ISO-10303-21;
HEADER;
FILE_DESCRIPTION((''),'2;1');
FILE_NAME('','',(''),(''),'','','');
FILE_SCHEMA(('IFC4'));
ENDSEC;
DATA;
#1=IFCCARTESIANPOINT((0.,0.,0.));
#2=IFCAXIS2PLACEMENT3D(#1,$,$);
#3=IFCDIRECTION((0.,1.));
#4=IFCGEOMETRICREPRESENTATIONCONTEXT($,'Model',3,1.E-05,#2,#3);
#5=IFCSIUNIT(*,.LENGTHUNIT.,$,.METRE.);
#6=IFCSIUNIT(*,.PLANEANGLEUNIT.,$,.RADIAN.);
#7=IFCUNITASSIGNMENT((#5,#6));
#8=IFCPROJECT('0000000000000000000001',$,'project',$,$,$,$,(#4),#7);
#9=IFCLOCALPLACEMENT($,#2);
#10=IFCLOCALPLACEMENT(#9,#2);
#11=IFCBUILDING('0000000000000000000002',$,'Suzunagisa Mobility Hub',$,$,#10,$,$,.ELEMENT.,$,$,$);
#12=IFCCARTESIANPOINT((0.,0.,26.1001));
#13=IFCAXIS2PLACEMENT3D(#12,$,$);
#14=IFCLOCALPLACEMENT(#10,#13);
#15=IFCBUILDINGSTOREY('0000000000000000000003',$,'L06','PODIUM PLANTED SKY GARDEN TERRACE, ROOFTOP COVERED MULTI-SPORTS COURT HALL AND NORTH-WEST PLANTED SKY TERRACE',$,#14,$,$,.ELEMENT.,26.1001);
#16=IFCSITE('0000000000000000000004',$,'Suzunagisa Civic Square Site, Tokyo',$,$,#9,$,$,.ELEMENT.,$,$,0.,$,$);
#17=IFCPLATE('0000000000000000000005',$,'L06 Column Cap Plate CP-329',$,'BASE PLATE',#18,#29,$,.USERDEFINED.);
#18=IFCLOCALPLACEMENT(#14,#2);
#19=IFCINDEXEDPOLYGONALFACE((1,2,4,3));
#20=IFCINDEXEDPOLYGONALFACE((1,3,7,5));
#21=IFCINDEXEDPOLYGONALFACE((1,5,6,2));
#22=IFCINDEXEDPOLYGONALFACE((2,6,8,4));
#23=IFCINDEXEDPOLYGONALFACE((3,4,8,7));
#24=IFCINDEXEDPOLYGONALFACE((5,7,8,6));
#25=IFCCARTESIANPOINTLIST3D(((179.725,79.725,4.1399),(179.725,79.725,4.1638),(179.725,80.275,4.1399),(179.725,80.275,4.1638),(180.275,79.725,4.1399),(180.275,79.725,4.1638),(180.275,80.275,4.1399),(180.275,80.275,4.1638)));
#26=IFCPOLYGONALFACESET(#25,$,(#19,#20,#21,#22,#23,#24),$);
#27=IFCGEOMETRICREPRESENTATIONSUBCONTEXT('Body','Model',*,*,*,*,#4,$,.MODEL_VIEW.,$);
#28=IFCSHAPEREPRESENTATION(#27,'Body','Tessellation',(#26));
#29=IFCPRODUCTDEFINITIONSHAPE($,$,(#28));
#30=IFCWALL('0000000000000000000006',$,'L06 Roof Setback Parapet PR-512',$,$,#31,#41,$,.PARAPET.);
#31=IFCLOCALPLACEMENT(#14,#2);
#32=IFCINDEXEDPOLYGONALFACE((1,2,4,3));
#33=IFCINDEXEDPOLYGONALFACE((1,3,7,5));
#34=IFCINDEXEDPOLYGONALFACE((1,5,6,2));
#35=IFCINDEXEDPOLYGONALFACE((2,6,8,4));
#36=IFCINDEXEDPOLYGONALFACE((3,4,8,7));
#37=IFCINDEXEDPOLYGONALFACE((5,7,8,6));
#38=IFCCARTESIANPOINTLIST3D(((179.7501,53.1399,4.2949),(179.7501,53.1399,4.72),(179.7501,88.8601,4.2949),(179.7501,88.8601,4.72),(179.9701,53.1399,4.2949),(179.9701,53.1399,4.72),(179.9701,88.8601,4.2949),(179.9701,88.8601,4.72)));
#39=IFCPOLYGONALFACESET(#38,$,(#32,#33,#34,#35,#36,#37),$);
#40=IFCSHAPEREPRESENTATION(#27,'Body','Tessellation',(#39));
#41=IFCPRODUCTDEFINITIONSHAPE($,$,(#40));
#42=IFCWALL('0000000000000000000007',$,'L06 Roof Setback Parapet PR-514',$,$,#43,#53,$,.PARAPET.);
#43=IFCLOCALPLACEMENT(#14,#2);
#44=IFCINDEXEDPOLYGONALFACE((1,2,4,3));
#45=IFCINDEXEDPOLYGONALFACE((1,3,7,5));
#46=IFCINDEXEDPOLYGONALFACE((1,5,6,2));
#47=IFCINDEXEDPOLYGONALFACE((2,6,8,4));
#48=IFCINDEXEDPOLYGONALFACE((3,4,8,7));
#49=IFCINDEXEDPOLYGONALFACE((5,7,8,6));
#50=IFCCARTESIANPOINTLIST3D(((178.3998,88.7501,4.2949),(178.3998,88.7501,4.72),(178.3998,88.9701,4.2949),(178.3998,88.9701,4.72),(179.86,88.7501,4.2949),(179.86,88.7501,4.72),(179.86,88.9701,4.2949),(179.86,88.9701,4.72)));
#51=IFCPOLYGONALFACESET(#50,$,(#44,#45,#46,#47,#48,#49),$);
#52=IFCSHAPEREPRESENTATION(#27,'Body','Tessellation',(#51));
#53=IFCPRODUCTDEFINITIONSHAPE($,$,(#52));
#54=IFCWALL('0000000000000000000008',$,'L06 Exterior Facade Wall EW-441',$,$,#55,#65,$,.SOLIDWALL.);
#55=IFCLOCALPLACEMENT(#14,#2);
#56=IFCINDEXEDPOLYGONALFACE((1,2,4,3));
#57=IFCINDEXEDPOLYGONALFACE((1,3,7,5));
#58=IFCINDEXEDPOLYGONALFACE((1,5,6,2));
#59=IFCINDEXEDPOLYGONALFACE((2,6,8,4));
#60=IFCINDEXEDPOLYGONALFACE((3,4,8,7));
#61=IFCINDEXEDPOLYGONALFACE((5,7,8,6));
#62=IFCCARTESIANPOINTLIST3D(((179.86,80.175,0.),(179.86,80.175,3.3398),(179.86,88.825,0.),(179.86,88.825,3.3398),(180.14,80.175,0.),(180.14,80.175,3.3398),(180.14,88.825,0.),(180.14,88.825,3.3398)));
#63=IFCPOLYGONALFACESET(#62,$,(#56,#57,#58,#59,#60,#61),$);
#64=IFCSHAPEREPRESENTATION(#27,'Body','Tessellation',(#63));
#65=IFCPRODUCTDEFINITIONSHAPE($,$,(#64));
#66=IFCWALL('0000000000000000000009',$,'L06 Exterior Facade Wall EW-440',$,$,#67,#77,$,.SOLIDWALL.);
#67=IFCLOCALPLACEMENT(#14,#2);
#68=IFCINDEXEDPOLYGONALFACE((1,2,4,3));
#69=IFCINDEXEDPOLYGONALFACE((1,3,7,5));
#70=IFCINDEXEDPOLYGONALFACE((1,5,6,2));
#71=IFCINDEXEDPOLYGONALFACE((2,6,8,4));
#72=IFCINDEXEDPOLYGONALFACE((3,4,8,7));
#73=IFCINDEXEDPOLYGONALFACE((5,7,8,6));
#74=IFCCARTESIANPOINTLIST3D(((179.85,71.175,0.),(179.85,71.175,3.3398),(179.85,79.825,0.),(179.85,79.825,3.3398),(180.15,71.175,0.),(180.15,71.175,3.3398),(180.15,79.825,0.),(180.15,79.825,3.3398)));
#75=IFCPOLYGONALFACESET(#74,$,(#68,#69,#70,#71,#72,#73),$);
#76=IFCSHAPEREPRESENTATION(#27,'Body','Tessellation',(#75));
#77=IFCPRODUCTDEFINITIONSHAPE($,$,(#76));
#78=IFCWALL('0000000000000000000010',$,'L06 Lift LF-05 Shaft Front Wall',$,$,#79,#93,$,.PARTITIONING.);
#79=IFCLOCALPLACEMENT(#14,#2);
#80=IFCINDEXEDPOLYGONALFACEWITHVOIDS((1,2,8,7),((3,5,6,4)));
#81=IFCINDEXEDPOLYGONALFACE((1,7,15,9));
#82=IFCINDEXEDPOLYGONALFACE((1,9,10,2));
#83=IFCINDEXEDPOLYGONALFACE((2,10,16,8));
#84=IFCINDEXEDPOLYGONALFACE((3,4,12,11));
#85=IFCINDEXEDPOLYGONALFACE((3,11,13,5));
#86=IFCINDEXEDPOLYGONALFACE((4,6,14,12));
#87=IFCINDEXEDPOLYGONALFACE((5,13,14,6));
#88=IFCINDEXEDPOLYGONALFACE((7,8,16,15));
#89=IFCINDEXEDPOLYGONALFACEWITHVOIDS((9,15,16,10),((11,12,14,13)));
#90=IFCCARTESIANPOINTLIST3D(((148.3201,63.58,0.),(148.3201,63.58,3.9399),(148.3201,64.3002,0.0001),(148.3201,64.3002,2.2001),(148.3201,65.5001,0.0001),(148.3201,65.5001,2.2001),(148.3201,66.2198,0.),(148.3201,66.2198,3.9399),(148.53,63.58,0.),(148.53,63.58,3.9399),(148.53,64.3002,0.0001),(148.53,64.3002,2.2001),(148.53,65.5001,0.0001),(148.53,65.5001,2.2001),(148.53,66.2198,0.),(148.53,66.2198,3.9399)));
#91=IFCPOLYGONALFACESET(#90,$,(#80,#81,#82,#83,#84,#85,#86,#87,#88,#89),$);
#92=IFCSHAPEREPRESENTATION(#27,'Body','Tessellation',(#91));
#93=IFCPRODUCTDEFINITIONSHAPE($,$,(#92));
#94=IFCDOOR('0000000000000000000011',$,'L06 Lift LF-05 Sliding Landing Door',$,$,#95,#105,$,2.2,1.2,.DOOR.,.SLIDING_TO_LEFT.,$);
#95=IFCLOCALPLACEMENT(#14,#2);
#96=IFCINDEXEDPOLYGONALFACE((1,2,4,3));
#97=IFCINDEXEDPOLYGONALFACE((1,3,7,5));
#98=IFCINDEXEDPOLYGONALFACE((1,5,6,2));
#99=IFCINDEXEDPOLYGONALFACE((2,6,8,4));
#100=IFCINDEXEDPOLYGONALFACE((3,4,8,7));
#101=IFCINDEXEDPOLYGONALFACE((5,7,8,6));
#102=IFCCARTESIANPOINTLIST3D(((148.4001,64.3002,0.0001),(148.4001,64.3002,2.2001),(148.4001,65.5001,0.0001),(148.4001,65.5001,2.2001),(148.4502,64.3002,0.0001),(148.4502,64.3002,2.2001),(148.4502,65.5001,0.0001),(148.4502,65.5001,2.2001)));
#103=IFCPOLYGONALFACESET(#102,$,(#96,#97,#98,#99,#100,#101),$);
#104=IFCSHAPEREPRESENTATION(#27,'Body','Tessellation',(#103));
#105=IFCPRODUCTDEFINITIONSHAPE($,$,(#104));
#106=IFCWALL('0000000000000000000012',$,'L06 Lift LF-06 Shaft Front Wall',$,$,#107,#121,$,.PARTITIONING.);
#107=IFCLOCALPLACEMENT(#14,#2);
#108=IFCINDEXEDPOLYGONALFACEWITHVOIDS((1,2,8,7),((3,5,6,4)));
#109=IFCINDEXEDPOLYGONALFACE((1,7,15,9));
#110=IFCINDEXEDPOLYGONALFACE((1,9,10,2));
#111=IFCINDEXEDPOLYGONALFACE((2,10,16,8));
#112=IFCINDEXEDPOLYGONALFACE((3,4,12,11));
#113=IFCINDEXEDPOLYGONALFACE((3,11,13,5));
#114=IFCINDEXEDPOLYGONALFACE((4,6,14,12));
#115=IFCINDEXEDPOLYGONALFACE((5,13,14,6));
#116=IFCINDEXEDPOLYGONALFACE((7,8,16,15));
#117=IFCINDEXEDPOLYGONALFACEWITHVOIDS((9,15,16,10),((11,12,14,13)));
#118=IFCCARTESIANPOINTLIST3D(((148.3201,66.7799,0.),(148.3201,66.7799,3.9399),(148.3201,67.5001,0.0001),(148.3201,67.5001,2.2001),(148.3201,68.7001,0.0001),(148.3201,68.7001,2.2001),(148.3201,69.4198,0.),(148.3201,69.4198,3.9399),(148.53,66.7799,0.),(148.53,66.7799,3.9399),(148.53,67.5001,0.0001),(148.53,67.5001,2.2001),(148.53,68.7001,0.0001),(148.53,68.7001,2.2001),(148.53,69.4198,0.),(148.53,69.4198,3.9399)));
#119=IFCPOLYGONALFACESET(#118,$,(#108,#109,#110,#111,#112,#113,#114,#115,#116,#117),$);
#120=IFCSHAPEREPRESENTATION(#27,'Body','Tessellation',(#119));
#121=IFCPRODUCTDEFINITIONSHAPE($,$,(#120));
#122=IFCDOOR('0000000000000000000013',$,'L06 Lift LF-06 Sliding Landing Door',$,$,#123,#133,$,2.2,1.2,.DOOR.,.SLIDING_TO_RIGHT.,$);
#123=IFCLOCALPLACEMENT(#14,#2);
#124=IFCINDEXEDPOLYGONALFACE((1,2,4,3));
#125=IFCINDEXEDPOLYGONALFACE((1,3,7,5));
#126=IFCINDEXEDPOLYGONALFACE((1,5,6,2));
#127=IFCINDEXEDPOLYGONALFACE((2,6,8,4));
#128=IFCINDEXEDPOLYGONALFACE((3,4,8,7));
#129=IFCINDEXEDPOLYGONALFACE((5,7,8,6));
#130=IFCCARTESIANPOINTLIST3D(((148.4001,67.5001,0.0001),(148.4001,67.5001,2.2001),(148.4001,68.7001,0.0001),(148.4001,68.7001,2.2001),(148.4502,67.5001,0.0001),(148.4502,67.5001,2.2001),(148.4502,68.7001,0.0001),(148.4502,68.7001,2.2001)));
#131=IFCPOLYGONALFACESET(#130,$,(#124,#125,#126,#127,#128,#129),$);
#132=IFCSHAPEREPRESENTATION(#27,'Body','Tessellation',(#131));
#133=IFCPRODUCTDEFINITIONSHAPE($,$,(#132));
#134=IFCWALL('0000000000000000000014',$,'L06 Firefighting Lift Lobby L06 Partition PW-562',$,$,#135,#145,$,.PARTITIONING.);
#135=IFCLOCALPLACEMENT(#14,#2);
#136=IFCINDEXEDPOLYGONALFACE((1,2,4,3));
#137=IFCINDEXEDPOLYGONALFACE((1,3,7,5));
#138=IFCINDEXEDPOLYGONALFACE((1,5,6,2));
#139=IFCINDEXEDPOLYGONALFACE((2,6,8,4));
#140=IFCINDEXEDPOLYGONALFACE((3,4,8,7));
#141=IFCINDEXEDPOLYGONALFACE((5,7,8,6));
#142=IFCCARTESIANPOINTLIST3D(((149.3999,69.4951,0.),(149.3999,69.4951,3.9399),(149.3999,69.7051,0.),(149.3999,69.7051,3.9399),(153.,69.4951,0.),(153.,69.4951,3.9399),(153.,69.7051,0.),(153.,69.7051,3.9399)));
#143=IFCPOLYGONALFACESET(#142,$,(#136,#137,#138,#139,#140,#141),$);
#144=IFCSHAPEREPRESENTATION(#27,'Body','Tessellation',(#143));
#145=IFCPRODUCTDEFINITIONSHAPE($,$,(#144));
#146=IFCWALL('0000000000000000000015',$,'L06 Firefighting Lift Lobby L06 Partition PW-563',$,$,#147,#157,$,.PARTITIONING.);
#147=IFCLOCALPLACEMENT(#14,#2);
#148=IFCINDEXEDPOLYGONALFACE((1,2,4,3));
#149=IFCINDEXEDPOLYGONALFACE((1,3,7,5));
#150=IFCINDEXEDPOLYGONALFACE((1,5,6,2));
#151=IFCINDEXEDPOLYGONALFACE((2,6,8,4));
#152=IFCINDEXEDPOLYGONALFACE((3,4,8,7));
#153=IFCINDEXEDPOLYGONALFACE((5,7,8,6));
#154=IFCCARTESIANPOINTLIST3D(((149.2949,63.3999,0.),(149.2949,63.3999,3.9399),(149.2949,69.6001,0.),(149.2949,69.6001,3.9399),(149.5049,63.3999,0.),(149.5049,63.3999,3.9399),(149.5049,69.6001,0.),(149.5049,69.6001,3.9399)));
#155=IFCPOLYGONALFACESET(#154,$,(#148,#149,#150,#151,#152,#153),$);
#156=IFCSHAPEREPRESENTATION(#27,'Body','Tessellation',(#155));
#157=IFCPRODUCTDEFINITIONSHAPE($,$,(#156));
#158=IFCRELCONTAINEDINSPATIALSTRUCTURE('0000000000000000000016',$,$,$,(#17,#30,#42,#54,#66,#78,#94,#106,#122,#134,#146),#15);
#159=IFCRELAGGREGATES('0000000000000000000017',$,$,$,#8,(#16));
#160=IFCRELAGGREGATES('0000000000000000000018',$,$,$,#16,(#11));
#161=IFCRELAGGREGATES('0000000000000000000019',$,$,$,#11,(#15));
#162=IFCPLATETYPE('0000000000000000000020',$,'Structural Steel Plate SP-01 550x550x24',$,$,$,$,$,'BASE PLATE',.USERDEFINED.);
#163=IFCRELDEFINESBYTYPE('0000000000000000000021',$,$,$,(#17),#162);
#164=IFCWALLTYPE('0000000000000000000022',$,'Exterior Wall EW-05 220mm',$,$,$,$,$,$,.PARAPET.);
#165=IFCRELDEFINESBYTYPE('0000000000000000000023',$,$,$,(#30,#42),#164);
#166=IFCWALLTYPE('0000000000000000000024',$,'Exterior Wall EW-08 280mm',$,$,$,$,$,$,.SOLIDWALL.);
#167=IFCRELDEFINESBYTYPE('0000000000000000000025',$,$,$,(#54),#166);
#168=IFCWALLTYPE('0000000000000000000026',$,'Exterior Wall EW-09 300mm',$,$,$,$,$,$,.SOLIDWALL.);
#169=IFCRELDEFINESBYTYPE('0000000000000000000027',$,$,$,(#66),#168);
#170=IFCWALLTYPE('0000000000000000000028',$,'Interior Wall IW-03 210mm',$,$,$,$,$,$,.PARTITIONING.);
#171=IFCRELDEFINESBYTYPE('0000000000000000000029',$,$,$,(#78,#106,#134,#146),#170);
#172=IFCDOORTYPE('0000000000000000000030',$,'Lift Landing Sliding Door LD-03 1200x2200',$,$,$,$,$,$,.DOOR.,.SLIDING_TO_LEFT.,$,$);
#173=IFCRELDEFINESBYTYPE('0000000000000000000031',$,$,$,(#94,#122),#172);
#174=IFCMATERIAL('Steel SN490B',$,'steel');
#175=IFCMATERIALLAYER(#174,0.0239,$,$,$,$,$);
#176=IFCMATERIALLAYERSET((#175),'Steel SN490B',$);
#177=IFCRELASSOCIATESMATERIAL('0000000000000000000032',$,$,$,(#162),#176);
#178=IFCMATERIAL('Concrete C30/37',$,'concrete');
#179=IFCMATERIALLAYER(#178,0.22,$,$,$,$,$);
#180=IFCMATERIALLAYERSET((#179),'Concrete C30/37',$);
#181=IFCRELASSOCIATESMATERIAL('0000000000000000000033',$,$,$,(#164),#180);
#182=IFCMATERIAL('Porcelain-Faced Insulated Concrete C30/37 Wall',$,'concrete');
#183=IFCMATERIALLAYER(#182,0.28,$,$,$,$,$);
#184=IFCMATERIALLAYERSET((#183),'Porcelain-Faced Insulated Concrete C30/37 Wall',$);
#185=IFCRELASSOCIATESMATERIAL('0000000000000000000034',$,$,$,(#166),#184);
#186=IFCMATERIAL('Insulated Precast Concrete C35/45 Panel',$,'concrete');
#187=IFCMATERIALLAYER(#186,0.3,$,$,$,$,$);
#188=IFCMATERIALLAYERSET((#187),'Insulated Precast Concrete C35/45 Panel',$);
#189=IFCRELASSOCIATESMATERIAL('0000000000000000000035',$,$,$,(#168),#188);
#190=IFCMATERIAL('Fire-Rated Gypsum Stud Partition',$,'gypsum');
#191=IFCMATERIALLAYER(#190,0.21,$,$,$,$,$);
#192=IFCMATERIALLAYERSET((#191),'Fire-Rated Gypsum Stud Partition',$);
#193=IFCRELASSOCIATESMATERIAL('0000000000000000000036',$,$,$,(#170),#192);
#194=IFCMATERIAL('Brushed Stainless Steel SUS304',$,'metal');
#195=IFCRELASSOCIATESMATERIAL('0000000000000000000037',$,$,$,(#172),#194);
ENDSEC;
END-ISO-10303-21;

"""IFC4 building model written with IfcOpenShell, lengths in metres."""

from ifc_helpers import new_model, si_unit, direction, frame, frame_2d, origin, origin_2d, place, context, subcontext, project, spatial, rectangle, extrude, material, layer, layer_set, type_object, element, fill, save


model = new_model("IFC4")

# Units and contexts
model_context = context("Model", 3, precision=1e-05, world=origin(), true_north=direction((0.0, 1.0)))
body_context = subcontext(model_context, "Body", "Model", "MODEL_VIEW")
ifc_project = project(units=[si_unit("LENGTHUNIT", "METRE"), si_unit("PLANEANGLEUNIT", "RADIAN")], contexts=[model_context])

# Site, building, storey
site_placement = place(None, origin())
site = spatial("IfcSite", under=ifc_project, at=site_placement, Name="Suzunagisa Civic Square Site, Tokyo", CompositionType="ELEMENT", RefElevation=0.0)
building_placement = place(site_placement, origin())
building = spatial("IfcBuilding", under=site, at=building_placement, Name="Suzunagisa Mobility Hub", CompositionType="ELEMENT")
storey_placement = place(building_placement, frame((0.0, 0.0, 26.1001)))
storey = spatial("IfcBuildingStorey", under=building, at=storey_placement, Name="L06", Description="PODIUM PLANTED SKY GARDEN TERRACE, ROOFTOP COVERED MULTI-SPORTS COURT HALL AND NORTH-WEST PLANTED SKY TERRACE", CompositionType="ELEMENT", Elevation=26.1001)

# Shared definitions
ifc_material_1 = material(Name="Steel SN490B", Category="steel")

# Plate
ifc_layer_1 = layer(ifc_material_1, 0.0239)
ifc_layer_set_1 = layer_set([ifc_layer_1], Name="Steel SN490B")
plate_type = type_object("IfcPlateType", Name="Structural Steel Plate SP-01 550x550x24", ElementType="BASE PLATE", PredefinedType="USERDEFINED", material=ifc_layer_set_1)
for number, where, z_axis, x_axis, name in (
    (1, (180.0, 80.0, 4.1399), (0.0, 0.0, 1.0), (1.0, 0.0, 0.0), "L06 Column Cap Plate CP-329"),
):
    element("IfcPlate", number, at=place(storey_placement, frame(where, z_axis=z_axis, x_axis=x_axis)), inside=storey, type_object=plate_type, Name=name, ObjectType="BASE PLATE", PredefinedType="USERDEFINED", context=body_context, shape_type="SweptSolid", body=[
        extrude(rectangle(XDim=0.55, YDim=0.55, at=origin_2d()), origin(), (0.0, 0.0, 1.0), 0.0239),
    ])

# Walls
ifc_material_2 = material(Name="Concrete C30/37", Category="concrete")
ifc_layer_2 = layer(ifc_material_2, 0.22)
ifc_layer_set_2 = layer_set([ifc_layer_2], Name="Concrete C30/37")
wall_type_1 = type_object("IfcWallType", Name="Exterior Wall EW-05 220mm", PredefinedType="PARAPET", material=ifc_layer_set_2)
wall_1_placement = place(storey_placement, frame((179.8601, 88.8601, 4.2949), z_axis=(0.0, 0.0, 1.0), x_axis=(0.0, -1.0, 0.0)))
element("IfcWall", 2, at=wall_1_placement, inside=storey, type_object=wall_type_1, Name="L06 Roof Setback Parapet PR-512", PredefinedType="PARAPET", context=body_context, shape_type="SweptSolid", body=[
    extrude(rectangle(XDim=35.7202, YDim=0.22, at=frame_2d((17.8601, 0.0))), origin(), (0.0, 0.0, 1.0), 0.425),
])
wall_2_placement = place(storey_placement, frame((178.3999, 88.8601, 4.2949), z_axis=(0.0, 0.0, 1.0), x_axis=(1.0, 0.0, 0.0)))
element("IfcWall", 3, at=wall_2_placement, inside=storey, type_object=wall_type_1, Name="L06 Roof Setback Parapet PR-514", PredefinedType="PARAPET", context=body_context, shape_type="SweptSolid", body=[
    extrude(rectangle(XDim=1.4602, YDim=0.22, at=frame_2d((0.73, 0.0))), origin(), (0.0, 0.0, 1.0), 0.425),
])
ifc_material_3 = material(Name="Porcelain-Faced Insulated Concrete C30/37 Wall", Category="concrete")
ifc_layer_3 = layer(ifc_material_3, 0.28)
ifc_layer_set_3 = layer_set([ifc_layer_3], Name="Porcelain-Faced Insulated Concrete C30/37 Wall")
wall_type_2 = type_object("IfcWallType", Name="Exterior Wall EW-08 280mm", PredefinedType="SOLIDWALL", material=ifc_layer_set_3)
wall_3_placement = place(storey_placement, frame((180.0, 80.175, 0.0), z_axis=(0.0, 0.0, 1.0), x_axis=(0.0, 1.0, 0.0)))
element("IfcWall", 4, at=wall_3_placement, inside=storey, type_object=wall_type_2, Name="L06 Exterior Facade Wall EW-441", PredefinedType="SOLIDWALL", context=body_context, shape_type="SweptSolid", body=[
    extrude(rectangle(XDim=8.6499, YDim=0.28, at=frame_2d((4.325, 0.0))), origin(), (0.0, 0.0, 1.0), 3.3398),
])
ifc_material_4 = material(Name="Insulated Precast Concrete C35/45 Panel", Category="concrete")
ifc_layer_4 = layer(ifc_material_4, 0.3)
ifc_layer_set_4 = layer_set([ifc_layer_4], Name="Insulated Precast Concrete C35/45 Panel")
wall_type_3 = type_object("IfcWallType", Name="Exterior Wall EW-09 300mm", PredefinedType="SOLIDWALL", material=ifc_layer_set_4)
wall_4_placement = place(storey_placement, frame((180.0, 71.175, 0.0), z_axis=(0.0, 0.0, 1.0), x_axis=(0.0, 1.0, 0.0)))
element("IfcWall", 5, at=wall_4_placement, inside=storey, type_object=wall_type_3, Name="L06 Exterior Facade Wall EW-440", PredefinedType="SOLIDWALL", context=body_context, shape_type="SweptSolid", body=[
    extrude(rectangle(XDim=8.6499, YDim=0.3, at=frame_2d((4.325, 0.0))), origin(), (0.0, 0.0, 1.0), 3.3398),
])

# Walls, openings, doors
ifc_material_5 = material(Name="Fire-Rated Gypsum Stud Partition", Category="gypsum")
ifc_layer_5 = layer(ifc_material_5, 0.21)
ifc_layer_set_5 = layer_set([ifc_layer_5], Name="Fire-Rated Gypsum Stud Partition")
wall_type_4 = type_object("IfcWallType", Name="Interior Wall IW-03 210mm", PredefinedType="PARTITIONING", material=ifc_layer_set_5)
wall_5_placement = place(storey_placement, frame((148.425, 63.5801, 0.0), z_axis=(0.0, 0.0, 1.0), x_axis=(0.0, 1.0, 0.0)))
wall_5 = element("IfcWall", 6, at=wall_5_placement, inside=storey, type_object=wall_type_4, Name="L06 Lift LF-05 Shaft Front Wall", PredefinedType="PARTITIONING", context=body_context, shape_type="SweptSolid", body=[
    extrude(rectangle(XDim=2.6399, YDim=0.21, at=frame_2d((1.3198, 0.0))), origin(), (0.0, 0.0, 1.0), 3.9399),
])
opening_1_placement = place(wall_5_placement, frame((0.72, 0.0, 0.0)))
opening_1 = element("IfcOpeningElement", 7, at=opening_1_placement, cuts=wall_5, PredefinedType="OPENING", context=body_context, shape_type="SweptSolid", body=[
    extrude(rectangle(XDim=1.2, YDim=2.2, at=frame_2d((0.6001, 1.1001))), frame((0.0, 0.116, 0.0), z_axis=(0.0, -1.0, 0.0), x_axis=(1.0, 0.0, 0.0)), (0.0, 0.0, 1.0), 0.2319),
])
ifc_material_6 = material(Name="Brushed Stainless Steel SUS304", Category="metal")
door_type_1 = type_object("IfcDoorType", Name="Lift Landing Sliding Door LD-03 1200x2200", OperationType="SLIDING_TO_LEFT", PredefinedType="DOOR", material=ifc_material_6)
door_1_placement = place(opening_1_placement, origin())
door_1 = element("IfcDoor", 8, at=door_1_placement, inside=storey, type_object=door_type_1, Name="L06 Lift LF-05 Sliding Landing Door", OperationType="SLIDING_TO_LEFT", OverallHeight=2.2, OverallWidth=1.2, PredefinedType="DOOR", context=body_context, shape_type="SweptSolid", body=[
    extrude(rectangle(XDim=1.2, YDim=2.2, at=frame_2d((0.6001, 1.1001))), frame((0.0, 0.0249, 0.0), z_axis=(0.0, -1.0, 0.0), x_axis=(1.0, 0.0, 0.0)), (0.0, 0.0, 1.0), 0.05),
])
fill(opening_1, door_1)
wall_6_placement = place(storey_placement, frame((148.425, 66.78, 0.0), z_axis=(0.0, 0.0, 1.0), x_axis=(0.0, 1.0, 0.0)))
wall_6 = element("IfcWall", 9, at=wall_6_placement, inside=storey, type_object=wall_type_4, Name="L06 Lift LF-06 Shaft Front Wall", PredefinedType="PARTITIONING", context=body_context, shape_type="SweptSolid", body=[
    extrude(rectangle(XDim=2.6399, YDim=0.21, at=frame_2d((1.3198, 0.0))), origin(), (0.0, 0.0, 1.0), 3.9399),
])
opening_2_placement = place(wall_6_placement, frame((0.72, 0.0, 0.0)))
opening_2 = element("IfcOpeningElement", 10, at=opening_2_placement, cuts=wall_6, PredefinedType="OPENING", context=body_context, shape_type="SweptSolid", body=[
    extrude(rectangle(XDim=1.2, YDim=2.2, at=frame_2d((0.6001, 1.1001))), frame((0.0, 0.116, 0.0), z_axis=(0.0, -1.0, 0.0), x_axis=(1.0, 0.0, 0.0)), (0.0, 0.0, 1.0), 0.2319),
])
door_2_placement = place(opening_2_placement, origin())
door_2 = element("IfcDoor", 11, at=door_2_placement, inside=storey, type_object=door_type_1, Name="L06 Lift LF-06 Sliding Landing Door", OperationType="SLIDING_TO_RIGHT", OverallHeight=2.2, OverallWidth=1.2, PredefinedType="DOOR", context=body_context, shape_type="SweptSolid", body=[
    extrude(rectangle(XDim=1.2, YDim=2.2, at=frame_2d((0.6001, 1.1001))), frame((0.0, 0.0249, 0.0), z_axis=(0.0, -1.0, 0.0), x_axis=(1.0, 0.0, 0.0)), (0.0, 0.0, 1.0), 0.05),
])
fill(opening_2, door_2)

# Walls
wall_7_placement = place(storey_placement, frame((149.3999, 69.6001, 0.0), z_axis=(0.0, 0.0, 1.0), x_axis=(1.0, 0.0, 0.0)))
element("IfcWall", 12, at=wall_7_placement, inside=storey, type_object=wall_type_4, Name="L06 Firefighting Lift Lobby L06 Partition PW-562", PredefinedType="PARTITIONING", context=body_context, shape_type="SweptSolid", body=[
    extrude(rectangle(XDim=3.6001, YDim=0.21, at=frame_2d((1.8, 0.0))), origin(), (0.0, 0.0, 1.0), 3.9399),
])
wall_8_placement = place(storey_placement, frame((149.3999, 63.3999, 0.0), z_axis=(0.0, 0.0, 1.0), x_axis=(0.0, 1.0, 0.0)))
element("IfcWall", 13, at=wall_8_placement, inside=storey, type_object=wall_type_4, Name="L06 Firefighting Lift Lobby L06 Partition PW-563", PredefinedType="PARTITIONING", context=body_context, shape_type="SweptSolid", body=[
    extrude(rectangle(XDim=6.2002, YDim=0.21, at=frame_2d((3.1001, 0.0))), origin(), (0.0, 0.0, 1.0), 3.9399),
])

save(model, "model.ifc")
